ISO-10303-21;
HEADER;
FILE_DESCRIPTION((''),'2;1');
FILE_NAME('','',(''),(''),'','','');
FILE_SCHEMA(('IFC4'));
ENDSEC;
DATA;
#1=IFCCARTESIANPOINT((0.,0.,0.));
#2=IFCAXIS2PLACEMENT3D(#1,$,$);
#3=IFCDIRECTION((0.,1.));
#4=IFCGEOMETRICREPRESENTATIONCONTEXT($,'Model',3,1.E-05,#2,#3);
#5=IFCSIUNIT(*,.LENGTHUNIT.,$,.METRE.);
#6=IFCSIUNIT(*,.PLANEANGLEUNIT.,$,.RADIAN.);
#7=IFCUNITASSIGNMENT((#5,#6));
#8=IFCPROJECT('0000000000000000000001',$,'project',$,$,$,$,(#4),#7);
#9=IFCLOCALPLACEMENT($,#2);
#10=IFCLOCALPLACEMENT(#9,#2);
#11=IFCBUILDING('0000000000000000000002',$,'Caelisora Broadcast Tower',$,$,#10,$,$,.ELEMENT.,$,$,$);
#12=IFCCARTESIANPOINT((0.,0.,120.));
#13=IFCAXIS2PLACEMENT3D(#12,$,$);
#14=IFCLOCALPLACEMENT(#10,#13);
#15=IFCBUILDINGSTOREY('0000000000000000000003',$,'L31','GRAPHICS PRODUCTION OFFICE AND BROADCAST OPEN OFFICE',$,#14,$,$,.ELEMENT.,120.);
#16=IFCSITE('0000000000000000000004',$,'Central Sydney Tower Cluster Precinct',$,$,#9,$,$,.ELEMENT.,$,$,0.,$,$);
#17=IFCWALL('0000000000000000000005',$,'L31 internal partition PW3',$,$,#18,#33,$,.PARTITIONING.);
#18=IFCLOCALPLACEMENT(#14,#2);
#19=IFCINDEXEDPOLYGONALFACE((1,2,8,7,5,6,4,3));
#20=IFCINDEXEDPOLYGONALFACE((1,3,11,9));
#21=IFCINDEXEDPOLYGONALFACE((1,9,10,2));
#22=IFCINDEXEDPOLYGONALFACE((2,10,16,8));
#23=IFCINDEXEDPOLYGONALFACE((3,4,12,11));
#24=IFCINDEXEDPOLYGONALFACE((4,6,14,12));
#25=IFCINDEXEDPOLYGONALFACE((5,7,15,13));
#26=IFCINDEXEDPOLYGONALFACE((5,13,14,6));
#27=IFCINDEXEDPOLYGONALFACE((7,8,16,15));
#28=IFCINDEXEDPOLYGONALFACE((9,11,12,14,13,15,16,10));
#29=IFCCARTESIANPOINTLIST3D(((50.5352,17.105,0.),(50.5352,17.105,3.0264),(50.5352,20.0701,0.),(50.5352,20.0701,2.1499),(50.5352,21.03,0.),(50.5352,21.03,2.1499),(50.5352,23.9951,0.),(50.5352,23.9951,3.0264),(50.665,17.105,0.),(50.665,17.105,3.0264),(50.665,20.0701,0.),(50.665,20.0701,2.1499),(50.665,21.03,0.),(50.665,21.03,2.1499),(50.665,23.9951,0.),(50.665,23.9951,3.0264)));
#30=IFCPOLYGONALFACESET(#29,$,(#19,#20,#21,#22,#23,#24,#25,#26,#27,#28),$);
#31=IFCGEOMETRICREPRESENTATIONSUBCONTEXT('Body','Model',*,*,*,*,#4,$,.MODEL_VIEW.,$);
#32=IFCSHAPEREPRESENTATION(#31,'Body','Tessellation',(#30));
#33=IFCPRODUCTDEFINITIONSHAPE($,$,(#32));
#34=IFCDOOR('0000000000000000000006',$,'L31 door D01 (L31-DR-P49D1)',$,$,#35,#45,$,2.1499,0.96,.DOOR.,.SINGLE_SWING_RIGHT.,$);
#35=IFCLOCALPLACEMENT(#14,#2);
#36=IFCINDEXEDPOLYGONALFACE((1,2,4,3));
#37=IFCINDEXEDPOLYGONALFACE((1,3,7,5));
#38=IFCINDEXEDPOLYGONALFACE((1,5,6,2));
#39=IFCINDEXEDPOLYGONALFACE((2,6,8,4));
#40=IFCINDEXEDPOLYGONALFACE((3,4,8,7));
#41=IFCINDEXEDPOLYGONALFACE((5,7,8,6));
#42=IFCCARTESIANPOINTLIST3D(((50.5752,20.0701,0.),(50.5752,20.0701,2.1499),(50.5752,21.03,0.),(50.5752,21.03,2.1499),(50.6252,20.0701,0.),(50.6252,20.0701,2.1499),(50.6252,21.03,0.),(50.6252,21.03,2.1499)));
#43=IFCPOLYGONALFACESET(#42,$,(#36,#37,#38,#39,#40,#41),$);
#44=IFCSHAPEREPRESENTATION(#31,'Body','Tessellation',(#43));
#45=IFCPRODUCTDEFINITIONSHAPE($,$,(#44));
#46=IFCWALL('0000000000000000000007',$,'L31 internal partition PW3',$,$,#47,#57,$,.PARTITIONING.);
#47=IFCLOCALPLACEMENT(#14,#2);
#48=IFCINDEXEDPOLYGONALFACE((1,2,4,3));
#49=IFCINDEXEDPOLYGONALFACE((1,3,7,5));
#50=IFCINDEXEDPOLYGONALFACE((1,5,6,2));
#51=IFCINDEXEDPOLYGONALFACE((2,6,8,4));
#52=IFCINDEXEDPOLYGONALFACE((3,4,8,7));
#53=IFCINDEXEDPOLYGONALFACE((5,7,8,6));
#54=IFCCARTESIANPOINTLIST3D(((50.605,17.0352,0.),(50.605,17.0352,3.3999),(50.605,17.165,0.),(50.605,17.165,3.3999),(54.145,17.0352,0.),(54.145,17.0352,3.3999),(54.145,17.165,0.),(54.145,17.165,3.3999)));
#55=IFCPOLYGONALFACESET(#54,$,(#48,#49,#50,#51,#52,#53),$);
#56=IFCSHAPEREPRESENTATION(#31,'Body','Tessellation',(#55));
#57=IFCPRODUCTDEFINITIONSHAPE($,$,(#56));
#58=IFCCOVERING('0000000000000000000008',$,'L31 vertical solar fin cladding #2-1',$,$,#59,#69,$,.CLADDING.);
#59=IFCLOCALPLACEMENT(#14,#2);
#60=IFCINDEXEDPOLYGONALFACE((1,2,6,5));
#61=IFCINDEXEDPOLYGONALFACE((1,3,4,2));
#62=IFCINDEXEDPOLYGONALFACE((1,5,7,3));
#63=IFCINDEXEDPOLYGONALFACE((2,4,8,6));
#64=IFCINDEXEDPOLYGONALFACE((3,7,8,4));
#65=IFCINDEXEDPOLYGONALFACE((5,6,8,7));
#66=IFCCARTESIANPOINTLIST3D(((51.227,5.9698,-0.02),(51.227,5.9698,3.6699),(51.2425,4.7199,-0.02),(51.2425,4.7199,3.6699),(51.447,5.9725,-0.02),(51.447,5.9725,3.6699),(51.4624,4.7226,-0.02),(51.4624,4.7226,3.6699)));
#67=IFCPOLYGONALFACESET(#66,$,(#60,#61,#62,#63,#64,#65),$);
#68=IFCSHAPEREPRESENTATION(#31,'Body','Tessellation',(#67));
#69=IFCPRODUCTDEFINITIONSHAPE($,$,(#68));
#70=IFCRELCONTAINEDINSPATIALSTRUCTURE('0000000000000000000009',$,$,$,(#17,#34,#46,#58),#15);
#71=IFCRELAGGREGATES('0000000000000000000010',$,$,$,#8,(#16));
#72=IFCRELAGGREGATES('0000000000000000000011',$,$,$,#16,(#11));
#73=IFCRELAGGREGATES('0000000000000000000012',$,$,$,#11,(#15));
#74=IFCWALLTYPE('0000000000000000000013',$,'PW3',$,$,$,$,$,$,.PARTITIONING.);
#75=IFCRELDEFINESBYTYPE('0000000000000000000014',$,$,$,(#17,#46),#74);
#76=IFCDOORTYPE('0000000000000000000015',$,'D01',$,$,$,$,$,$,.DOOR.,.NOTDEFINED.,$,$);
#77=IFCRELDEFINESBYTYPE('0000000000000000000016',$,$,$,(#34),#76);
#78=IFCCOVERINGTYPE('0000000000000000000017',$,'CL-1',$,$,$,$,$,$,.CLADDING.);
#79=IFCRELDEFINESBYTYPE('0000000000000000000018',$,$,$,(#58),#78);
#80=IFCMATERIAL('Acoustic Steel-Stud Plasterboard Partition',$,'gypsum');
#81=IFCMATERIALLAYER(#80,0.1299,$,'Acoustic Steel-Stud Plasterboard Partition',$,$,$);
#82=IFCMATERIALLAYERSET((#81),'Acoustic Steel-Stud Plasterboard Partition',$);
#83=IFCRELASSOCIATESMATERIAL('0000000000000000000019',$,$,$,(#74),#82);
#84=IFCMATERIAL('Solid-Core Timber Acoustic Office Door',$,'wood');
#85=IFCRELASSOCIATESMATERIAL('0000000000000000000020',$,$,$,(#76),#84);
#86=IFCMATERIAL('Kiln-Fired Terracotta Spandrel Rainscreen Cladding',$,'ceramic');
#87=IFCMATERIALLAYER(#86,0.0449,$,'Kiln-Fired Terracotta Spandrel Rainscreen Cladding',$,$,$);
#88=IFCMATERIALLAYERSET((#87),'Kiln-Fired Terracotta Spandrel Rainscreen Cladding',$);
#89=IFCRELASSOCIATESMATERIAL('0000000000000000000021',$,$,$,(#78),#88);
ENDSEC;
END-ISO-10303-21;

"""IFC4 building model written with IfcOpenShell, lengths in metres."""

from ifc_helpers import new_model, si_unit, direction, frame, frame_2d, origin, origin_2d, place, context, subcontext, project, spatial, rectangle, extrude, source, transform, mapped, material, layer, layer_set, type_object, type_shapes, element, fill, save


model = new_model("IFC4")

# Units and contexts
model_context = context("Model", 3, precision=1e-05, world=origin(), true_north=direction((0.0, 1.0)))
body_context = subcontext(model_context, "Body", "Model", "MODEL_VIEW")
ifc_project = project(units=[si_unit("LENGTHUNIT", "METRE"), si_unit("PLANEANGLEUNIT", "RADIAN")], contexts=[model_context])

# Site, building, storey
site_placement = place(None, origin())
site = spatial("IfcSite", under=ifc_project, at=site_placement, Name="Central Sydney Tower Cluster Precinct", CompositionType="ELEMENT", RefElevation=0.0)
building_placement = place(site_placement, origin())
building = spatial("IfcBuilding", under=site, at=building_placement, Name="Caelisora Broadcast Tower", CompositionType="ELEMENT")
storey_placement = place(building_placement, frame((0.0, 0.0, 120.0)))
storey = spatial("IfcBuildingStorey", under=building, at=storey_placement, Name="L31", Description="GRAPHICS PRODUCTION OFFICE AND BROADCAST OPEN OFFICE", CompositionType="ELEMENT", Elevation=120.0)

# Shared definitions
ifc_material_1 = material(Name="Acoustic Steel-Stud Plasterboard Partition", Category="gypsum")
ifc_layer_1 = layer(ifc_material_1, 0.1299, Name="Acoustic Steel-Stud Plasterboard Partition")
ifc_layer_set_1 = layer_set([ifc_layer_1], Name="Acoustic Steel-Stud Plasterboard Partition")
wall_type_1 = type_object("IfcWallType", Name="PW3", PredefinedType="PARTITIONING", material=ifc_layer_set_1)

# Wall, opening, door
wall_1_placement = place(storey_placement, frame((50.6001, 17.105, 0.0), z_axis=(0.0, 0.0, 1.0), x_axis=(0.0, 1.0, 0.0)))
wall_1 = element("IfcWall", 1, at=wall_1_placement, inside=storey, type_object=wall_type_1, Name="L31 internal partition PW3", PredefinedType="PARTITIONING", context=body_context, shape_type="SweptSolid", body=[
    extrude(rectangle(XDim=6.8901, YDim=0.1299, at=frame_2d((3.4451, 0.0))), origin(), (0.0, 0.0, 1.0), 3.0264),
])
opening_1_placement = place(wall_1_placement, frame((2.9651, 0.0, 0.0)))
opening_1 = element("IfcOpeningElement", 2, at=opening_1_placement, cuts=wall_1, PredefinedType="OPENING", context=body_context, shape_type="SweptSolid", body=[
    extrude(rectangle(XDim=0.96, YDim=2.1499, at=frame_2d((0.48, 1.075))), frame((0.0, 0.0769, 0.0), z_axis=(0.0, -1.0, 0.0), x_axis=(1.0, 0.0, 0.0)), (0.0, 0.0, 1.0), 0.1538),
])
ifc_material_2 = material(Name="Solid-Core Timber Acoustic Office Door", Category="wood")
door_type_1 = type_object("IfcDoorType", Name="D01", OperationType="NOTDEFINED", PredefinedType="DOOR", material=ifc_material_2)
door_1_placement = place(opening_1_placement, origin())
door_1 = element("IfcDoor", 3, at=door_1_placement, inside=storey, type_object=door_type_1, Name="L31 door D01 (L31-DR-P49D1)", OperationType="SINGLE_SWING_RIGHT", OverallHeight=2.1499, OverallWidth=0.96, PredefinedType="DOOR", context=body_context, shape_type="SweptSolid", body=[
    extrude(rectangle(XDim=0.96, YDim=2.1499, at=frame_2d((0.48, 1.075))), frame((0.0, 0.0249, 0.0), z_axis=(0.0, -1.0, 0.0), x_axis=(1.0, 0.0, 0.0)), (0.0, 0.0, 1.0), 0.05),
])
fill(opening_1, door_1)

# Wall
wall_2_placement = place(storey_placement, frame((54.145, 17.1001, 0.0), z_axis=(0.0, 0.0, 1.0), x_axis=(-1.0, 0.0, 0.0)))
element("IfcWall", 4, at=wall_2_placement, inside=storey, type_object=wall_type_1, Name="L31 internal partition PW3", PredefinedType="PARTITIONING", context=body_context, shape_type="SweptSolid", body=[
    extrude(rectangle(XDim=3.54, YDim=0.1299, at=frame_2d((1.77, 0.0))), origin(), (0.0, 0.0, 1.0), 3.3999),
])

# Covering
ifc_material_3 = material(Name="Kiln-Fired Terracotta Spandrel Rainscreen Cladding", Category="ceramic")
ifc_layer_2 = layer(ifc_material_3, 0.0449, Name="Kiln-Fired Terracotta Spandrel Rainscreen Cladding")
ifc_layer_set_2 = layer_set([ifc_layer_2], Name="Kiln-Fired Terracotta Spandrel Rainscreen Cladding")
covering_type = type_object("IfcCoveringType", Name="CL-1", PredefinedType="CLADDING", material=ifc_layer_set_2)
shared_shape_1 = source(origin(), body_context, "Body", "SweptSolid", [
    extrude(rectangle(XDim=0.22, YDim=1.25, at=origin_2d()), origin(), (0.0, 0.0, 1.0), 3.6899),
])
type_shapes(covering_type, [shared_shape_1])
covering_placement = place(storey_placement, frame((51.3447, 5.3462, -0.02), z_axis=(0.0, 0.0, 1.0), x_axis=(-0.999923, -0.012392, 0.0)))
element("IfcCovering", 5, at=covering_placement, inside=storey, type_object=covering_type, Name="L31 vertical solar fin cladding #2-1", PredefinedType="CLADDING", context=body_context, shape_type="MappedRepresentation", body=[
    mapped(shared_shape_1, transform((0.0, 0.0, 0.0), scale=1.0)),
])

save(model, "model.ifc")
